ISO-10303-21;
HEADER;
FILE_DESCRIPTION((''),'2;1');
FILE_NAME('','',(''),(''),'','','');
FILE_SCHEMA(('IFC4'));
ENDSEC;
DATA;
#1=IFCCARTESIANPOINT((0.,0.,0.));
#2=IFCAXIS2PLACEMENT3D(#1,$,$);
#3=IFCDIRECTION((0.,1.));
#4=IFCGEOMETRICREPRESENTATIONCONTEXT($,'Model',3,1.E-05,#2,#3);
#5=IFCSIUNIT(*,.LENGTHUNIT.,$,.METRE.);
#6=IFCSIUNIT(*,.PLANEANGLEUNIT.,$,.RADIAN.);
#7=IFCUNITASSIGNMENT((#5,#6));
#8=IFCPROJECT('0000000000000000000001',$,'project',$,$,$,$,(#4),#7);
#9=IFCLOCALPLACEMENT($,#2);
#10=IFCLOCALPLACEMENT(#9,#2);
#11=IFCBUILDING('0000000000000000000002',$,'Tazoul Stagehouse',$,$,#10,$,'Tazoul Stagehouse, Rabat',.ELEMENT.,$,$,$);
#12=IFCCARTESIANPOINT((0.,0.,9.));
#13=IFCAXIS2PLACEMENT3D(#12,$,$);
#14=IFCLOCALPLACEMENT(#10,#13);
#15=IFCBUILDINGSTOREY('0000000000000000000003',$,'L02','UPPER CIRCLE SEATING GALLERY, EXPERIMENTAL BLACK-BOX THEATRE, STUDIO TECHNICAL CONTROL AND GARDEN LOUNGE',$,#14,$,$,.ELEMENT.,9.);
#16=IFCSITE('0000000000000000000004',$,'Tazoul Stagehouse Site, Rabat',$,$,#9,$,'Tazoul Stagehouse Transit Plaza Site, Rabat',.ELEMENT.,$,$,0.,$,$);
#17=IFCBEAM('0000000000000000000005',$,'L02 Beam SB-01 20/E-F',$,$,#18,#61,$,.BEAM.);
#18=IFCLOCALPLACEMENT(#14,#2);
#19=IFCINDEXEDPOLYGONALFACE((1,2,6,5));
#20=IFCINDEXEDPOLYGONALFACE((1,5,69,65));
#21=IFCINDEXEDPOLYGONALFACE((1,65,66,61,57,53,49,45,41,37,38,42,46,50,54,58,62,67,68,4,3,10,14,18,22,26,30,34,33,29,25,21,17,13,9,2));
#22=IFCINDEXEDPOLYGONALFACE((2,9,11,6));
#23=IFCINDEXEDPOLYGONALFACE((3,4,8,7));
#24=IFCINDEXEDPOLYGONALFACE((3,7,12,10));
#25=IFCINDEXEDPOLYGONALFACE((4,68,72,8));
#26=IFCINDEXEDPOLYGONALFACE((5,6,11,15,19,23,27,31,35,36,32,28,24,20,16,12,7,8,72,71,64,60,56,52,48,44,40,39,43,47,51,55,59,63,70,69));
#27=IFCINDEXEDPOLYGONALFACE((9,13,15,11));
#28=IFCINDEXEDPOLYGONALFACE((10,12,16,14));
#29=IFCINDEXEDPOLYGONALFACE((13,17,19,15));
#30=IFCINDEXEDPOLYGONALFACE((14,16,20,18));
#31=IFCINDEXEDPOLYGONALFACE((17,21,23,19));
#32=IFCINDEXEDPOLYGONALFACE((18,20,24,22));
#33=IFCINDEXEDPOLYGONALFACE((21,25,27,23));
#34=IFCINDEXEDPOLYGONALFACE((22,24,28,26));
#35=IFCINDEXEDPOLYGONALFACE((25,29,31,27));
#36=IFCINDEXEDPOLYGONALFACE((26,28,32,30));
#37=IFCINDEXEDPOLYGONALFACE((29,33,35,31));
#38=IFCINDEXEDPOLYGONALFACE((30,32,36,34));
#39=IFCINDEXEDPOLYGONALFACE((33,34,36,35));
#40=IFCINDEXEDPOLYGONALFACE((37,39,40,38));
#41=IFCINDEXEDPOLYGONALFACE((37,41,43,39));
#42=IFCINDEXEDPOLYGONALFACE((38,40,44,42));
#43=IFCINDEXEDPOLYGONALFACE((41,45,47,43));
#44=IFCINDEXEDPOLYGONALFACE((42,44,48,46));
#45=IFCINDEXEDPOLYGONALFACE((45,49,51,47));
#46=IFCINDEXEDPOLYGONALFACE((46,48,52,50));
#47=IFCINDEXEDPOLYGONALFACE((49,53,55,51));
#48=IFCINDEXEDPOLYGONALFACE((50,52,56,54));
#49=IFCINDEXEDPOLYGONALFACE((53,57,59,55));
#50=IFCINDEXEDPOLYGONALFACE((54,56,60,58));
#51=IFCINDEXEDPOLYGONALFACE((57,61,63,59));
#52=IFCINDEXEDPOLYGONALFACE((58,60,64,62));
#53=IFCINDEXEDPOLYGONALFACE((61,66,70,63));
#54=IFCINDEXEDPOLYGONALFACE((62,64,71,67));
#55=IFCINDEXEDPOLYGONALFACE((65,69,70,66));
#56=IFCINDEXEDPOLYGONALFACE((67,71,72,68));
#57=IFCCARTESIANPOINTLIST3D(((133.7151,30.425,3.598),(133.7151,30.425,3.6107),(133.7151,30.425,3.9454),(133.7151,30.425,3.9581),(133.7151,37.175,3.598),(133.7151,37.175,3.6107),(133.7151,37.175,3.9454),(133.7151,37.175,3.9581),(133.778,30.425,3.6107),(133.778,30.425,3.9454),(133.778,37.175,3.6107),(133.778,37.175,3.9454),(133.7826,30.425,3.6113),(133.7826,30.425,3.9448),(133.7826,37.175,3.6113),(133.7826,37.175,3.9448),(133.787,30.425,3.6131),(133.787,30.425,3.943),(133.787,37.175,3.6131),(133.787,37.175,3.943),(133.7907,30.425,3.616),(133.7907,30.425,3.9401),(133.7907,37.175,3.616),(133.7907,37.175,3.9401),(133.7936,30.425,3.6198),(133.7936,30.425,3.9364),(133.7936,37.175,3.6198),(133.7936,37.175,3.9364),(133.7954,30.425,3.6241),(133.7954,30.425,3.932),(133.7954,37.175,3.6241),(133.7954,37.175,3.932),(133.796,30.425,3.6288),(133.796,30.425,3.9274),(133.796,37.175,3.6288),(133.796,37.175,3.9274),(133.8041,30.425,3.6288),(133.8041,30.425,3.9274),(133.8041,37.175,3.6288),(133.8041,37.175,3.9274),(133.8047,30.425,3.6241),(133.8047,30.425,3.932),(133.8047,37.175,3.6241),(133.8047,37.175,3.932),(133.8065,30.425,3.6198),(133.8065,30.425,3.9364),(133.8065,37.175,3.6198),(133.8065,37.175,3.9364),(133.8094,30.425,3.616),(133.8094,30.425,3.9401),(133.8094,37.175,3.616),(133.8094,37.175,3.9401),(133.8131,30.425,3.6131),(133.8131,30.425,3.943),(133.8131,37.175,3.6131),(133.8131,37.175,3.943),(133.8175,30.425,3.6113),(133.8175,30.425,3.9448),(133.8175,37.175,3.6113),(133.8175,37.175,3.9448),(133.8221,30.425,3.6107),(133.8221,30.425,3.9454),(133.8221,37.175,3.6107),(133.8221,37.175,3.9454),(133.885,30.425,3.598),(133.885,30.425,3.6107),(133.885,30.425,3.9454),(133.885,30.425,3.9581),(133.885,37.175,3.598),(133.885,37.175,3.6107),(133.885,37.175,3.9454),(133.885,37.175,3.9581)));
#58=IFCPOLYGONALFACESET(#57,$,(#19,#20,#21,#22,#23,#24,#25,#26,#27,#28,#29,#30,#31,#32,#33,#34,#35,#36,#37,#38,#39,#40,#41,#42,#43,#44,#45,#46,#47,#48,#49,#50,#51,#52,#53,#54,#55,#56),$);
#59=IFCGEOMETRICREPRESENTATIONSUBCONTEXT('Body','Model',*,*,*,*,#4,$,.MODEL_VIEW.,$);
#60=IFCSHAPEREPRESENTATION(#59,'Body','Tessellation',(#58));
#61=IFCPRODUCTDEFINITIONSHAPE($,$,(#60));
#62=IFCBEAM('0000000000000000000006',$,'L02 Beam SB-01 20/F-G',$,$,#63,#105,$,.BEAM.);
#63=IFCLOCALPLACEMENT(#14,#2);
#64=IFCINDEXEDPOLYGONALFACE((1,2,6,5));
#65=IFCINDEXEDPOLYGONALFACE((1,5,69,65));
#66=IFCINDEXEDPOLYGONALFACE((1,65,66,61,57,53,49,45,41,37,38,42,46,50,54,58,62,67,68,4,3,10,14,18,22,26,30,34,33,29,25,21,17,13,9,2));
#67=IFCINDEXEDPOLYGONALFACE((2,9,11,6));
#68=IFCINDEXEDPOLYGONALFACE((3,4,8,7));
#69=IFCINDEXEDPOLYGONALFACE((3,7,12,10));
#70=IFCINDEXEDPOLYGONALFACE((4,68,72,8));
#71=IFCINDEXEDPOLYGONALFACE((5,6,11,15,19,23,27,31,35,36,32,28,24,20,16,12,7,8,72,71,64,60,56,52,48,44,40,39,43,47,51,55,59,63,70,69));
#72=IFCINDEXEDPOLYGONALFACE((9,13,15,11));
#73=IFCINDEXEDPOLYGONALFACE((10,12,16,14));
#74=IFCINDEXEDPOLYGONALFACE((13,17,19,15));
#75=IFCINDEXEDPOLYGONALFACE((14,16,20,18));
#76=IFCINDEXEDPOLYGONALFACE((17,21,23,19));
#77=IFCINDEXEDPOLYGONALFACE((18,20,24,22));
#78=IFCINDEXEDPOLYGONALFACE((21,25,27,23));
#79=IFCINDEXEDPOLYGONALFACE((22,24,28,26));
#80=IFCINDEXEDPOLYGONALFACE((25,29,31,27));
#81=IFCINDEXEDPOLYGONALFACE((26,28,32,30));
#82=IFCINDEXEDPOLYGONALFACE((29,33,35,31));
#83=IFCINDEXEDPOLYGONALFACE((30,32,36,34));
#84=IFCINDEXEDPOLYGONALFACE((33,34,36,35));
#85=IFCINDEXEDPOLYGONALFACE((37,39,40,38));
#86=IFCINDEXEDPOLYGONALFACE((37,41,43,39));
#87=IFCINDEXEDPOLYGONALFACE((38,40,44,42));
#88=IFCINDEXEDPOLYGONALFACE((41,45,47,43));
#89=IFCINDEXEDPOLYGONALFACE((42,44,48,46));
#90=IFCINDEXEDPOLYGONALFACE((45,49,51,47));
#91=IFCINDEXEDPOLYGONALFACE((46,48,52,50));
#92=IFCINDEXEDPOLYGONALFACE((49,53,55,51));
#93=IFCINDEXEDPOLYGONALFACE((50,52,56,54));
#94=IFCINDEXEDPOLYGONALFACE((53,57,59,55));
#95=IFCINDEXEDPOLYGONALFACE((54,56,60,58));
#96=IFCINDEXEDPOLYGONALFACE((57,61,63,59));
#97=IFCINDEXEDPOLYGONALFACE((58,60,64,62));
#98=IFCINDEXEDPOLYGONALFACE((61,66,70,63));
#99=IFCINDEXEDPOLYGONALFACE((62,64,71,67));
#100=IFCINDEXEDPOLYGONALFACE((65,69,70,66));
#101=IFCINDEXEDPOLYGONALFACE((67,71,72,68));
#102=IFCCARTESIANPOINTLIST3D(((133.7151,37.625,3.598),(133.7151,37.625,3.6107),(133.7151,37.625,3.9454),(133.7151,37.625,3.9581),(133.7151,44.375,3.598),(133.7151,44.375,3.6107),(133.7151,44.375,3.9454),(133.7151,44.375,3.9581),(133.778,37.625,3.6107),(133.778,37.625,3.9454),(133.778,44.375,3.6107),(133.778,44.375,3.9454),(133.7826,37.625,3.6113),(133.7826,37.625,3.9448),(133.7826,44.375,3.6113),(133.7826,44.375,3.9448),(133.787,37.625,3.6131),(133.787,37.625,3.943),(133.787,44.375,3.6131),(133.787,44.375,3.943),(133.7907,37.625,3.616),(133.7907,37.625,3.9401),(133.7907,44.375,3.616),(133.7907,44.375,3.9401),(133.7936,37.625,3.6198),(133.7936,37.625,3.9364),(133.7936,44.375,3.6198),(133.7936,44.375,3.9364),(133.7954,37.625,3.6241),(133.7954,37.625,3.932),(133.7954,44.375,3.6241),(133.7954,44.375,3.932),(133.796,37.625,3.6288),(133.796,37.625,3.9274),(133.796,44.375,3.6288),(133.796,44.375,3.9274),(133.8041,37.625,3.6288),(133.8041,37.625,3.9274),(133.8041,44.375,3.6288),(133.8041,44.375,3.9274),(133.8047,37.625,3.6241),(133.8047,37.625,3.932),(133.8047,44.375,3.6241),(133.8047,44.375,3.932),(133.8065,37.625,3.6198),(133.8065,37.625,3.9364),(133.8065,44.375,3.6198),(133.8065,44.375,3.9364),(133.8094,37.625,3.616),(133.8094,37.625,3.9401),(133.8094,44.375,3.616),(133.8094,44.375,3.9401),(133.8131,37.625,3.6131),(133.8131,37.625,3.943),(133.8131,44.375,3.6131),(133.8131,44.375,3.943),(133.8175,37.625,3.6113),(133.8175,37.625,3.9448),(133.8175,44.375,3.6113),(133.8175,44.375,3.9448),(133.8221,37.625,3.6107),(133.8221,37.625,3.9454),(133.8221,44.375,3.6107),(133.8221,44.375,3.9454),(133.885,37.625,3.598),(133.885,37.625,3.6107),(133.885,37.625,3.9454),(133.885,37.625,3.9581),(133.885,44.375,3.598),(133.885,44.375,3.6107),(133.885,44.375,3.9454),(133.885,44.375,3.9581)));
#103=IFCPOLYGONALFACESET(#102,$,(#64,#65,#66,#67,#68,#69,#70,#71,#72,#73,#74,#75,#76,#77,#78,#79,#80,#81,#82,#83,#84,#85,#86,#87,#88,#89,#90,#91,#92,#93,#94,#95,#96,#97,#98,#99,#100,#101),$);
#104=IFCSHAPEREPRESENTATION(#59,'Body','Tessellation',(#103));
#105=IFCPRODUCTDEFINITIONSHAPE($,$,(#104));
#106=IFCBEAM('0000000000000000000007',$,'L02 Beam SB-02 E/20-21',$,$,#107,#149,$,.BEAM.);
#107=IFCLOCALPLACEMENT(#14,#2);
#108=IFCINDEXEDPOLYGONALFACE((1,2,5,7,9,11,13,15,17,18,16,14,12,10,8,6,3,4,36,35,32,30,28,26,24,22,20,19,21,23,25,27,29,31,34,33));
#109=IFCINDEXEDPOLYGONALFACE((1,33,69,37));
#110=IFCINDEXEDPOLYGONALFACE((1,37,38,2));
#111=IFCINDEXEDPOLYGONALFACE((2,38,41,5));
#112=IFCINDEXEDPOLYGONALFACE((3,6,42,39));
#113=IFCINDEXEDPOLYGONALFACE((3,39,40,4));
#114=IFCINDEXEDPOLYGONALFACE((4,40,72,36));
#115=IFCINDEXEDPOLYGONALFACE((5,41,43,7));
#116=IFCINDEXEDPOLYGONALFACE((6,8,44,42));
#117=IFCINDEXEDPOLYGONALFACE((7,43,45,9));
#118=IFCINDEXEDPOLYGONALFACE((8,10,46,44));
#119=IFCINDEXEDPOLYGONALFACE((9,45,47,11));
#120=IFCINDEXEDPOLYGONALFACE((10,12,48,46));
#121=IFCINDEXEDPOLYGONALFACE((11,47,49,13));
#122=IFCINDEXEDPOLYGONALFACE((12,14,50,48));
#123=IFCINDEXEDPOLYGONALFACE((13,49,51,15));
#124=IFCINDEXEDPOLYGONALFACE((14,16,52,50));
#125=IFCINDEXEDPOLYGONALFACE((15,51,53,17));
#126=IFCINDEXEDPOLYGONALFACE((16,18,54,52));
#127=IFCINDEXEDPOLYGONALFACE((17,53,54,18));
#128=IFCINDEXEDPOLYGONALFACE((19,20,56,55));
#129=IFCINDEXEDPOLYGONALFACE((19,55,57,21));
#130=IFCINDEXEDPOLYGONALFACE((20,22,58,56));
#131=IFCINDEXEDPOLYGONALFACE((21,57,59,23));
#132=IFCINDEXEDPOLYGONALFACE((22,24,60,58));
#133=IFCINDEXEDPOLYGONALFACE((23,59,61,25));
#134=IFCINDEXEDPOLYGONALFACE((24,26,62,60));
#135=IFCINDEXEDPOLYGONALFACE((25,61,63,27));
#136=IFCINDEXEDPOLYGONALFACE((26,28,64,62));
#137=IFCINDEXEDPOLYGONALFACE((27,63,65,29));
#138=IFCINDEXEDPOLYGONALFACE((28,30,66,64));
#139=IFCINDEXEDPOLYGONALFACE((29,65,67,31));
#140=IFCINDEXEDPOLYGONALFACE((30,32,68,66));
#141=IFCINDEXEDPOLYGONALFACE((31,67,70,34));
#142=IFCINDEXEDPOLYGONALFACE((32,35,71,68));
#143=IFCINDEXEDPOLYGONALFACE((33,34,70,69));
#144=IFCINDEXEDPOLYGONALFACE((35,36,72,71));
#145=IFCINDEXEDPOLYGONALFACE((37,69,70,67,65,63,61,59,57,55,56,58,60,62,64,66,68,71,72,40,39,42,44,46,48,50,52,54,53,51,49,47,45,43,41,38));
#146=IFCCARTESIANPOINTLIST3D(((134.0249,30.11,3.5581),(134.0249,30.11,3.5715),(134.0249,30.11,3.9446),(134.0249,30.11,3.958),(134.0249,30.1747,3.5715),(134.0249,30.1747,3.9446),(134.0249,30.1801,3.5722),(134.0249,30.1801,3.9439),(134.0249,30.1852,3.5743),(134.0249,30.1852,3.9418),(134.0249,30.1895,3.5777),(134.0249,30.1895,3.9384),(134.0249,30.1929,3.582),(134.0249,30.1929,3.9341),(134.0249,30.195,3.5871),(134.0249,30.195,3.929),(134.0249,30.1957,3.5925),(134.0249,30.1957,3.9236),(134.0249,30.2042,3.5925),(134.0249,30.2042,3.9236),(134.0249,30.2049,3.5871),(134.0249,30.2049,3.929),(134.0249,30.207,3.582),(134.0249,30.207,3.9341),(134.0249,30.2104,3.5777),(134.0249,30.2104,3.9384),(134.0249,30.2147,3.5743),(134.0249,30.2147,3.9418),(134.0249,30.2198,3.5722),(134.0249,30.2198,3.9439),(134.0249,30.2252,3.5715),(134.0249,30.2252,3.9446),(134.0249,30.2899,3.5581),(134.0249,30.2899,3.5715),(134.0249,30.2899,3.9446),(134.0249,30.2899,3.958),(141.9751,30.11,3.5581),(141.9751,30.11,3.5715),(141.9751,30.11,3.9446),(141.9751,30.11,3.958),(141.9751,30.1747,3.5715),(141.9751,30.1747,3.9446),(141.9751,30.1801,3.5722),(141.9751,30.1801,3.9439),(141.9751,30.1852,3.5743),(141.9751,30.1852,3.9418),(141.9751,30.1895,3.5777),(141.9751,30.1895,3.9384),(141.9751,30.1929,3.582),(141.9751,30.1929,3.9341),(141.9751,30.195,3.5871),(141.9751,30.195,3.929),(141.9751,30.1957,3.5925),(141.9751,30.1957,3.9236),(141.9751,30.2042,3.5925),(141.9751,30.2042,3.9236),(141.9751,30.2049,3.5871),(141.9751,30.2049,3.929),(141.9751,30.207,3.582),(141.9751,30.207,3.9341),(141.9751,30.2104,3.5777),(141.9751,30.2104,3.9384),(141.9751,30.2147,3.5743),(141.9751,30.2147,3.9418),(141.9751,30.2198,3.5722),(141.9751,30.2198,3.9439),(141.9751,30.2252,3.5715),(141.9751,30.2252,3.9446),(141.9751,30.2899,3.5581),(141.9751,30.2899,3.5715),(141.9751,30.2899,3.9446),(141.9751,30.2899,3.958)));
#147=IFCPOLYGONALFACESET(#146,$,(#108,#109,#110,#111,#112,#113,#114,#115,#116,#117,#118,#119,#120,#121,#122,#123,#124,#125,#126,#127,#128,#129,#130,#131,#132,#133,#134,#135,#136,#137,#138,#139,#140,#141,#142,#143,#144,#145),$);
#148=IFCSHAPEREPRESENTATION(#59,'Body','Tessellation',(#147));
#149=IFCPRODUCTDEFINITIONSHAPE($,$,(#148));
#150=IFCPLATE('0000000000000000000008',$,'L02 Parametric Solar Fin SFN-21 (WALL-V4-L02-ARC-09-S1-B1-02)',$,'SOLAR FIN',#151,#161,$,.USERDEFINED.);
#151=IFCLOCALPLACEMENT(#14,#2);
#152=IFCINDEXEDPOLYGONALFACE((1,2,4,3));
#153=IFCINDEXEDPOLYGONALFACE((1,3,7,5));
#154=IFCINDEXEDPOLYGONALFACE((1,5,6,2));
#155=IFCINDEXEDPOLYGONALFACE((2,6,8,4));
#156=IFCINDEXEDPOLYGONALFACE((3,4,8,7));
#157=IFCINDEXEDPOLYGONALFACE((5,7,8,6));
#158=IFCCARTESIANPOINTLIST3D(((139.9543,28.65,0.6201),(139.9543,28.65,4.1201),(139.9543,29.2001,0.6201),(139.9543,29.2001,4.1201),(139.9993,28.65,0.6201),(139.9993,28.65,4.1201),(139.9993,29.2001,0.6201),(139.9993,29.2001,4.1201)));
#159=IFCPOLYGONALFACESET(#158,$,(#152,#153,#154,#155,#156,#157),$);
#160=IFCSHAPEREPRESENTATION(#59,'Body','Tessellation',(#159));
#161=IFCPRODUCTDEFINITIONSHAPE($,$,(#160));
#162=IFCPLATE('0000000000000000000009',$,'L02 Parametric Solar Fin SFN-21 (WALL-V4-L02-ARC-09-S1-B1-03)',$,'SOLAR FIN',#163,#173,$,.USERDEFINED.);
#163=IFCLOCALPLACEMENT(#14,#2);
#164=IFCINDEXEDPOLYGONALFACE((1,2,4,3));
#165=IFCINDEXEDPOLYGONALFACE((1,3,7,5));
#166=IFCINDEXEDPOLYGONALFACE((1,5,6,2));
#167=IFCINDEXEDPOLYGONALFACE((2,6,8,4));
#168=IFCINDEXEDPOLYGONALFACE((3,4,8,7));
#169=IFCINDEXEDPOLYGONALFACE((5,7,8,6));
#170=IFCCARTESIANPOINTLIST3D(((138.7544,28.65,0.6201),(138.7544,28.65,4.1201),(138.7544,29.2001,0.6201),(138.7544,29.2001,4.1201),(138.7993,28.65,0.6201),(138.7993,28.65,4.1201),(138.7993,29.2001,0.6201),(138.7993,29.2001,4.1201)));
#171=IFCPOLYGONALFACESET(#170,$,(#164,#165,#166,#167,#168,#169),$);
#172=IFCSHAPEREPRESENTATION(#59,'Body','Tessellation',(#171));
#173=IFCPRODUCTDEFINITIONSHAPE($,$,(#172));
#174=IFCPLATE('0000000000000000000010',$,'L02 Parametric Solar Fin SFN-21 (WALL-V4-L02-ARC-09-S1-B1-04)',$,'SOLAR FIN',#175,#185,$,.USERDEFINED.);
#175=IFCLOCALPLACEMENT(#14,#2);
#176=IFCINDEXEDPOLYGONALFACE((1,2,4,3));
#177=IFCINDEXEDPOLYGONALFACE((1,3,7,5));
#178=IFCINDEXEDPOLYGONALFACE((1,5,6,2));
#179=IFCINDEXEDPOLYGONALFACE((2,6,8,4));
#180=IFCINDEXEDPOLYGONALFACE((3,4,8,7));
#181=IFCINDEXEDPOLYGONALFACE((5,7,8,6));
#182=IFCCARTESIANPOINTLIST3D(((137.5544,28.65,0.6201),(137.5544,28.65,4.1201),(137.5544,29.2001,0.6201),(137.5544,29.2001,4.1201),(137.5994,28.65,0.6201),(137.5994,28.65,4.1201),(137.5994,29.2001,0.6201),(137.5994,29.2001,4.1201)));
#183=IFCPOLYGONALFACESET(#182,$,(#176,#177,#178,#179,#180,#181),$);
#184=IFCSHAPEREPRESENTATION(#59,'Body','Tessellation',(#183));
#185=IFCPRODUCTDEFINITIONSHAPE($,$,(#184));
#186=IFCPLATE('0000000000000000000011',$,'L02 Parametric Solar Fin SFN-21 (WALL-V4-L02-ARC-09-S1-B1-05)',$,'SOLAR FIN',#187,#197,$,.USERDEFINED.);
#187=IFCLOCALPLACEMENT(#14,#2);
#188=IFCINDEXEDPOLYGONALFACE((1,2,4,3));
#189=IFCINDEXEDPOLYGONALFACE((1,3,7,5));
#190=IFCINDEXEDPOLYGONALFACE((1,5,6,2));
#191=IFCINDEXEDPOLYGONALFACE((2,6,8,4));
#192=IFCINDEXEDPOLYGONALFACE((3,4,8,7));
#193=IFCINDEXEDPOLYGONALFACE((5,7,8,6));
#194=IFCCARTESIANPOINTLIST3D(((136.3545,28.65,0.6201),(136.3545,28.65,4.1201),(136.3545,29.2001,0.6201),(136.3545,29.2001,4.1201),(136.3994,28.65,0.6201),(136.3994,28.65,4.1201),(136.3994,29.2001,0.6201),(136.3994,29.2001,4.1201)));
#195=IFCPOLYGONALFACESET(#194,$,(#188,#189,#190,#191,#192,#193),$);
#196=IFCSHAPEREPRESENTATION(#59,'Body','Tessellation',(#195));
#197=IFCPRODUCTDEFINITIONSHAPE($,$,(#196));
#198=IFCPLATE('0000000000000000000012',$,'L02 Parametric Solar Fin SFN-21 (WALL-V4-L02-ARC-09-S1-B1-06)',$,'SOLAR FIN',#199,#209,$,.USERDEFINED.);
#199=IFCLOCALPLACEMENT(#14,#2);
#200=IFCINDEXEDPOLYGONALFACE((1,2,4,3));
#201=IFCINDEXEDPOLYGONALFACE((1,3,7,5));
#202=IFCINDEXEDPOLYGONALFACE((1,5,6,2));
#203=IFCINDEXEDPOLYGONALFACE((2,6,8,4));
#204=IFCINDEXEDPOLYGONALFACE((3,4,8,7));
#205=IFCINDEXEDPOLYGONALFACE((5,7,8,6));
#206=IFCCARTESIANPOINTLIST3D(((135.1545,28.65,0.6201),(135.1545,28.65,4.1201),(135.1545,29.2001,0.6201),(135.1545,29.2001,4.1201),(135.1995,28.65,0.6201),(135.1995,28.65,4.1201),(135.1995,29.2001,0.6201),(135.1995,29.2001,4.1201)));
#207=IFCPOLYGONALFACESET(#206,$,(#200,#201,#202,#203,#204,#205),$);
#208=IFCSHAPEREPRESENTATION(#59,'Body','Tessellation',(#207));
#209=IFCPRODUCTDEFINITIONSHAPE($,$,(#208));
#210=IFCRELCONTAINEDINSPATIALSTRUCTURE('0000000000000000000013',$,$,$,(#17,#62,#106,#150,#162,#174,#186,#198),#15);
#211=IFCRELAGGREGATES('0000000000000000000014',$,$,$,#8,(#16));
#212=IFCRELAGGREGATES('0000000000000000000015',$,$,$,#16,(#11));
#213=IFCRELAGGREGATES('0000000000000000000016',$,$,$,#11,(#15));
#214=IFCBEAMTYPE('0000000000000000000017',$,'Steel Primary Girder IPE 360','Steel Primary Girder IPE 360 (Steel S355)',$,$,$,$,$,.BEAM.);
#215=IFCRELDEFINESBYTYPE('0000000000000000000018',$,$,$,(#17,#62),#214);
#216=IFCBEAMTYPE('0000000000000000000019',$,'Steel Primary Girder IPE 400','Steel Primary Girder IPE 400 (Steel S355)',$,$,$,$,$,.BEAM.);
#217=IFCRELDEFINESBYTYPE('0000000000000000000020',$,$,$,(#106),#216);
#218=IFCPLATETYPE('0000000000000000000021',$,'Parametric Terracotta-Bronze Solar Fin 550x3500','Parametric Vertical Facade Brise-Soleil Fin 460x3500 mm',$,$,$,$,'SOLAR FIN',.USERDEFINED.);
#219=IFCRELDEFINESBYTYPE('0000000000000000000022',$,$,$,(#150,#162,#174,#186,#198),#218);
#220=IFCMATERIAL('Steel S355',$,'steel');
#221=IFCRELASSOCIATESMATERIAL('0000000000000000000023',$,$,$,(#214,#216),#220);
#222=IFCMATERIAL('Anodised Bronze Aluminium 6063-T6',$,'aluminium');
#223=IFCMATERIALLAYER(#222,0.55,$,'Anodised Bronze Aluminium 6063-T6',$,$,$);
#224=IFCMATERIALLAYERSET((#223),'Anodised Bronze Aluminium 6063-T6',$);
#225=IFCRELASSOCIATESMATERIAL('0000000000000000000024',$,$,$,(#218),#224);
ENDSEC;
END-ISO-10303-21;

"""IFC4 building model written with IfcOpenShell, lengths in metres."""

from ifc_helpers import new_model, si_unit, direction, frame, origin, origin_2d, place, context, subcontext, project, spatial, rectangle, i_section, extrude, material, layer, layer_set, material_profile, profile_set, type_object, element, save


model = new_model("IFC4")

# Units and contexts
model_context = context("Model", 3, precision=1e-05, world=origin(), true_north=direction((0.0, 1.0)))
body_context = subcontext(model_context, "Body", "Model", "MODEL_VIEW")
ifc_project = project(units=[si_unit("LENGTHUNIT", "METRE"), si_unit("PLANEANGLEUNIT", "RADIAN")], contexts=[model_context])

# Site, building, storey
site_placement = place(None, origin())
site = spatial("IfcSite", under=ifc_project, at=site_placement, Name="Tazoul Stagehouse Site, Rabat", LongName="Tazoul Stagehouse Transit Plaza Site, Rabat", CompositionType="ELEMENT", RefElevation=0.0)
building_placement = place(site_placement, origin())
building = spatial("IfcBuilding", under=site, at=building_placement, Name="Tazoul Stagehouse", LongName="Tazoul Stagehouse, Rabat", CompositionType="ELEMENT")
storey_placement = place(building_placement, frame((0.0, 0.0, 9.0)))
storey = spatial("IfcBuildingStorey", under=building, at=storey_placement, Name="L02", Description="UPPER CIRCLE SEATING GALLERY, EXPERIMENTAL BLACK-BOX THEATRE, STUDIO TECHNICAL CONTROL AND GARDEN LOUNGE", CompositionType="ELEMENT", Elevation=9.0)

# Beams
ifc_material_1 = material(Name="Steel S355", Category="steel")
ifc_material_profile_1 = material_profile(ifc_material_1, i_section(OverallWidth=0.1699, OverallDepth=0.3601, WebThickness=0.0081, FlangeThickness=0.0127, FilletRadius=0.0181, at=origin_2d()), Name="IPE 360")
ifc_profile_set_1 = profile_set([ifc_material_profile_1], Name="Steel S355")
beam_type_1 = type_object("IfcBeamType", Name="Steel Primary Girder IPE 360", Description="Steel Primary Girder IPE 360 (Steel S355)", PredefinedType="BEAM", material=ifc_profile_set_1)
for number, where, z_axis, x_axis, name in (
    (1, (133.8, 30.425, 3.7781), (0.0, 1.0, 0.0), (-1.0, 0.0, 0.0), "L02 Beam SB-01 20/E-F"),
    (2, (133.8, 37.625, 3.7781), (0.0, 1.0, 0.0), (-1.0, 0.0, 0.0), "L02 Beam SB-01 20/F-G"),
):
    element("IfcBeam", number, at=place(storey_placement, frame(where, z_axis=z_axis, x_axis=x_axis)), inside=storey, type_object=beam_type_1, Name=name, PredefinedType="BEAM", context=body_context, shape_type="SweptSolid", body=[
        extrude(i_section(OverallWidth=0.1699, OverallDepth=0.3601, WebThickness=0.0081, FlangeThickness=0.0127, FilletRadius=0.0181, at=origin_2d()), origin(), (0.0, 0.0, 1.0), 6.75),
    ])
ifc_material_profile_2 = material_profile(ifc_material_1, i_section(OverallWidth=0.1799, OverallDepth=0.3999, WebThickness=0.0085, FlangeThickness=0.0134, FilletRadius=0.021, at=origin_2d()), Name="IPE 400")
ifc_profile_set_2 = profile_set([ifc_material_profile_2], Name="Steel S355")
beam_type_2 = type_object("IfcBeamType", Name="Steel Primary Girder IPE 400", Description="Steel Primary Girder IPE 400 (Steel S355)", PredefinedType="BEAM", material=ifc_profile_set_2)
beam_1_placement = place(storey_placement, frame((134.0249, 30.2, 3.7581), z_axis=(1.0, 0.0, 0.0), x_axis=(0.0, 1.0, 0.0)))
element("IfcBeam", 3, at=beam_1_placement, inside=storey, type_object=beam_type_2, Name="L02 Beam SB-02 E/20-21", PredefinedType="BEAM", context=body_context, shape_type="SweptSolid", body=[
    extrude(i_section(OverallWidth=0.1799, OverallDepth=0.3999, WebThickness=0.0085, FlangeThickness=0.0134, FilletRadius=0.021, at=origin_2d()), origin(), (0.0, 0.0, 1.0), 7.9502),
])

# Plates
ifc_material_2 = material(Name="Anodised Bronze Aluminium 6063-T6", Category="aluminium")
ifc_layer_1 = layer(ifc_material_2, 0.55, Name="Anodised Bronze Aluminium 6063-T6")
ifc_layer_set_1 = layer_set([ifc_layer_1], Name="Anodised Bronze Aluminium 6063-T6")
plate_type_1 = type_object("IfcPlateType", Name="Parametric Terracotta-Bronze Solar Fin 550x3500", Description="Parametric Vertical Facade Brise-Soleil Fin 460x3500 mm", ElementType="SOLAR FIN", PredefinedType="USERDEFINED", material=ifc_layer_set_1)
for number, where, z_axis, x_axis, name in (
    (4, (139.9768, 28.925, 0.6201), (0.0, 0.0, 1.0), (-1.0, 0.0, 0.0), "L02 Parametric Solar Fin SFN-21 (WALL-V4-L02-ARC-09-S1-B1-02)"),
    (5, (138.7769, 28.925, 0.6201), (0.0, 0.0, 1.0), (-1.0, 0.0, 0.0), "L02 Parametric Solar Fin SFN-21 (WALL-V4-L02-ARC-09-S1-B1-03)"),
    (6, (137.5769, 28.925, 0.6201), (0.0, 0.0, 1.0), (-1.0, 0.0, 0.0), "L02 Parametric Solar Fin SFN-21 (WALL-V4-L02-ARC-09-S1-B1-04)"),
    (7, (136.377, 28.925, 0.6201), (0.0, 0.0, 1.0), (-1.0, 0.0, 0.0), "L02 Parametric Solar Fin SFN-21 (WALL-V4-L02-ARC-09-S1-B1-05)"),
    (8, (135.177, 28.925, 0.6201), (0.0, 0.0, 1.0), (-1.0, 0.0, 0.0), "L02 Parametric Solar Fin SFN-21 (WALL-V4-L02-ARC-09-S1-B1-06)"),
):
    element("IfcPlate", number, at=place(storey_placement, frame(where, z_axis=z_axis, x_axis=x_axis)), inside=storey, type_object=plate_type_1, Name=name, ObjectType="SOLAR FIN", PredefinedType="USERDEFINED", context=body_context, shape_type="SweptSolid", body=[
        extrude(rectangle(XDim=0.0449, YDim=0.55, at=origin_2d()), origin(), (0.0, 0.0, 1.0), 3.5),
    ])

save(model, "model.ifc")
